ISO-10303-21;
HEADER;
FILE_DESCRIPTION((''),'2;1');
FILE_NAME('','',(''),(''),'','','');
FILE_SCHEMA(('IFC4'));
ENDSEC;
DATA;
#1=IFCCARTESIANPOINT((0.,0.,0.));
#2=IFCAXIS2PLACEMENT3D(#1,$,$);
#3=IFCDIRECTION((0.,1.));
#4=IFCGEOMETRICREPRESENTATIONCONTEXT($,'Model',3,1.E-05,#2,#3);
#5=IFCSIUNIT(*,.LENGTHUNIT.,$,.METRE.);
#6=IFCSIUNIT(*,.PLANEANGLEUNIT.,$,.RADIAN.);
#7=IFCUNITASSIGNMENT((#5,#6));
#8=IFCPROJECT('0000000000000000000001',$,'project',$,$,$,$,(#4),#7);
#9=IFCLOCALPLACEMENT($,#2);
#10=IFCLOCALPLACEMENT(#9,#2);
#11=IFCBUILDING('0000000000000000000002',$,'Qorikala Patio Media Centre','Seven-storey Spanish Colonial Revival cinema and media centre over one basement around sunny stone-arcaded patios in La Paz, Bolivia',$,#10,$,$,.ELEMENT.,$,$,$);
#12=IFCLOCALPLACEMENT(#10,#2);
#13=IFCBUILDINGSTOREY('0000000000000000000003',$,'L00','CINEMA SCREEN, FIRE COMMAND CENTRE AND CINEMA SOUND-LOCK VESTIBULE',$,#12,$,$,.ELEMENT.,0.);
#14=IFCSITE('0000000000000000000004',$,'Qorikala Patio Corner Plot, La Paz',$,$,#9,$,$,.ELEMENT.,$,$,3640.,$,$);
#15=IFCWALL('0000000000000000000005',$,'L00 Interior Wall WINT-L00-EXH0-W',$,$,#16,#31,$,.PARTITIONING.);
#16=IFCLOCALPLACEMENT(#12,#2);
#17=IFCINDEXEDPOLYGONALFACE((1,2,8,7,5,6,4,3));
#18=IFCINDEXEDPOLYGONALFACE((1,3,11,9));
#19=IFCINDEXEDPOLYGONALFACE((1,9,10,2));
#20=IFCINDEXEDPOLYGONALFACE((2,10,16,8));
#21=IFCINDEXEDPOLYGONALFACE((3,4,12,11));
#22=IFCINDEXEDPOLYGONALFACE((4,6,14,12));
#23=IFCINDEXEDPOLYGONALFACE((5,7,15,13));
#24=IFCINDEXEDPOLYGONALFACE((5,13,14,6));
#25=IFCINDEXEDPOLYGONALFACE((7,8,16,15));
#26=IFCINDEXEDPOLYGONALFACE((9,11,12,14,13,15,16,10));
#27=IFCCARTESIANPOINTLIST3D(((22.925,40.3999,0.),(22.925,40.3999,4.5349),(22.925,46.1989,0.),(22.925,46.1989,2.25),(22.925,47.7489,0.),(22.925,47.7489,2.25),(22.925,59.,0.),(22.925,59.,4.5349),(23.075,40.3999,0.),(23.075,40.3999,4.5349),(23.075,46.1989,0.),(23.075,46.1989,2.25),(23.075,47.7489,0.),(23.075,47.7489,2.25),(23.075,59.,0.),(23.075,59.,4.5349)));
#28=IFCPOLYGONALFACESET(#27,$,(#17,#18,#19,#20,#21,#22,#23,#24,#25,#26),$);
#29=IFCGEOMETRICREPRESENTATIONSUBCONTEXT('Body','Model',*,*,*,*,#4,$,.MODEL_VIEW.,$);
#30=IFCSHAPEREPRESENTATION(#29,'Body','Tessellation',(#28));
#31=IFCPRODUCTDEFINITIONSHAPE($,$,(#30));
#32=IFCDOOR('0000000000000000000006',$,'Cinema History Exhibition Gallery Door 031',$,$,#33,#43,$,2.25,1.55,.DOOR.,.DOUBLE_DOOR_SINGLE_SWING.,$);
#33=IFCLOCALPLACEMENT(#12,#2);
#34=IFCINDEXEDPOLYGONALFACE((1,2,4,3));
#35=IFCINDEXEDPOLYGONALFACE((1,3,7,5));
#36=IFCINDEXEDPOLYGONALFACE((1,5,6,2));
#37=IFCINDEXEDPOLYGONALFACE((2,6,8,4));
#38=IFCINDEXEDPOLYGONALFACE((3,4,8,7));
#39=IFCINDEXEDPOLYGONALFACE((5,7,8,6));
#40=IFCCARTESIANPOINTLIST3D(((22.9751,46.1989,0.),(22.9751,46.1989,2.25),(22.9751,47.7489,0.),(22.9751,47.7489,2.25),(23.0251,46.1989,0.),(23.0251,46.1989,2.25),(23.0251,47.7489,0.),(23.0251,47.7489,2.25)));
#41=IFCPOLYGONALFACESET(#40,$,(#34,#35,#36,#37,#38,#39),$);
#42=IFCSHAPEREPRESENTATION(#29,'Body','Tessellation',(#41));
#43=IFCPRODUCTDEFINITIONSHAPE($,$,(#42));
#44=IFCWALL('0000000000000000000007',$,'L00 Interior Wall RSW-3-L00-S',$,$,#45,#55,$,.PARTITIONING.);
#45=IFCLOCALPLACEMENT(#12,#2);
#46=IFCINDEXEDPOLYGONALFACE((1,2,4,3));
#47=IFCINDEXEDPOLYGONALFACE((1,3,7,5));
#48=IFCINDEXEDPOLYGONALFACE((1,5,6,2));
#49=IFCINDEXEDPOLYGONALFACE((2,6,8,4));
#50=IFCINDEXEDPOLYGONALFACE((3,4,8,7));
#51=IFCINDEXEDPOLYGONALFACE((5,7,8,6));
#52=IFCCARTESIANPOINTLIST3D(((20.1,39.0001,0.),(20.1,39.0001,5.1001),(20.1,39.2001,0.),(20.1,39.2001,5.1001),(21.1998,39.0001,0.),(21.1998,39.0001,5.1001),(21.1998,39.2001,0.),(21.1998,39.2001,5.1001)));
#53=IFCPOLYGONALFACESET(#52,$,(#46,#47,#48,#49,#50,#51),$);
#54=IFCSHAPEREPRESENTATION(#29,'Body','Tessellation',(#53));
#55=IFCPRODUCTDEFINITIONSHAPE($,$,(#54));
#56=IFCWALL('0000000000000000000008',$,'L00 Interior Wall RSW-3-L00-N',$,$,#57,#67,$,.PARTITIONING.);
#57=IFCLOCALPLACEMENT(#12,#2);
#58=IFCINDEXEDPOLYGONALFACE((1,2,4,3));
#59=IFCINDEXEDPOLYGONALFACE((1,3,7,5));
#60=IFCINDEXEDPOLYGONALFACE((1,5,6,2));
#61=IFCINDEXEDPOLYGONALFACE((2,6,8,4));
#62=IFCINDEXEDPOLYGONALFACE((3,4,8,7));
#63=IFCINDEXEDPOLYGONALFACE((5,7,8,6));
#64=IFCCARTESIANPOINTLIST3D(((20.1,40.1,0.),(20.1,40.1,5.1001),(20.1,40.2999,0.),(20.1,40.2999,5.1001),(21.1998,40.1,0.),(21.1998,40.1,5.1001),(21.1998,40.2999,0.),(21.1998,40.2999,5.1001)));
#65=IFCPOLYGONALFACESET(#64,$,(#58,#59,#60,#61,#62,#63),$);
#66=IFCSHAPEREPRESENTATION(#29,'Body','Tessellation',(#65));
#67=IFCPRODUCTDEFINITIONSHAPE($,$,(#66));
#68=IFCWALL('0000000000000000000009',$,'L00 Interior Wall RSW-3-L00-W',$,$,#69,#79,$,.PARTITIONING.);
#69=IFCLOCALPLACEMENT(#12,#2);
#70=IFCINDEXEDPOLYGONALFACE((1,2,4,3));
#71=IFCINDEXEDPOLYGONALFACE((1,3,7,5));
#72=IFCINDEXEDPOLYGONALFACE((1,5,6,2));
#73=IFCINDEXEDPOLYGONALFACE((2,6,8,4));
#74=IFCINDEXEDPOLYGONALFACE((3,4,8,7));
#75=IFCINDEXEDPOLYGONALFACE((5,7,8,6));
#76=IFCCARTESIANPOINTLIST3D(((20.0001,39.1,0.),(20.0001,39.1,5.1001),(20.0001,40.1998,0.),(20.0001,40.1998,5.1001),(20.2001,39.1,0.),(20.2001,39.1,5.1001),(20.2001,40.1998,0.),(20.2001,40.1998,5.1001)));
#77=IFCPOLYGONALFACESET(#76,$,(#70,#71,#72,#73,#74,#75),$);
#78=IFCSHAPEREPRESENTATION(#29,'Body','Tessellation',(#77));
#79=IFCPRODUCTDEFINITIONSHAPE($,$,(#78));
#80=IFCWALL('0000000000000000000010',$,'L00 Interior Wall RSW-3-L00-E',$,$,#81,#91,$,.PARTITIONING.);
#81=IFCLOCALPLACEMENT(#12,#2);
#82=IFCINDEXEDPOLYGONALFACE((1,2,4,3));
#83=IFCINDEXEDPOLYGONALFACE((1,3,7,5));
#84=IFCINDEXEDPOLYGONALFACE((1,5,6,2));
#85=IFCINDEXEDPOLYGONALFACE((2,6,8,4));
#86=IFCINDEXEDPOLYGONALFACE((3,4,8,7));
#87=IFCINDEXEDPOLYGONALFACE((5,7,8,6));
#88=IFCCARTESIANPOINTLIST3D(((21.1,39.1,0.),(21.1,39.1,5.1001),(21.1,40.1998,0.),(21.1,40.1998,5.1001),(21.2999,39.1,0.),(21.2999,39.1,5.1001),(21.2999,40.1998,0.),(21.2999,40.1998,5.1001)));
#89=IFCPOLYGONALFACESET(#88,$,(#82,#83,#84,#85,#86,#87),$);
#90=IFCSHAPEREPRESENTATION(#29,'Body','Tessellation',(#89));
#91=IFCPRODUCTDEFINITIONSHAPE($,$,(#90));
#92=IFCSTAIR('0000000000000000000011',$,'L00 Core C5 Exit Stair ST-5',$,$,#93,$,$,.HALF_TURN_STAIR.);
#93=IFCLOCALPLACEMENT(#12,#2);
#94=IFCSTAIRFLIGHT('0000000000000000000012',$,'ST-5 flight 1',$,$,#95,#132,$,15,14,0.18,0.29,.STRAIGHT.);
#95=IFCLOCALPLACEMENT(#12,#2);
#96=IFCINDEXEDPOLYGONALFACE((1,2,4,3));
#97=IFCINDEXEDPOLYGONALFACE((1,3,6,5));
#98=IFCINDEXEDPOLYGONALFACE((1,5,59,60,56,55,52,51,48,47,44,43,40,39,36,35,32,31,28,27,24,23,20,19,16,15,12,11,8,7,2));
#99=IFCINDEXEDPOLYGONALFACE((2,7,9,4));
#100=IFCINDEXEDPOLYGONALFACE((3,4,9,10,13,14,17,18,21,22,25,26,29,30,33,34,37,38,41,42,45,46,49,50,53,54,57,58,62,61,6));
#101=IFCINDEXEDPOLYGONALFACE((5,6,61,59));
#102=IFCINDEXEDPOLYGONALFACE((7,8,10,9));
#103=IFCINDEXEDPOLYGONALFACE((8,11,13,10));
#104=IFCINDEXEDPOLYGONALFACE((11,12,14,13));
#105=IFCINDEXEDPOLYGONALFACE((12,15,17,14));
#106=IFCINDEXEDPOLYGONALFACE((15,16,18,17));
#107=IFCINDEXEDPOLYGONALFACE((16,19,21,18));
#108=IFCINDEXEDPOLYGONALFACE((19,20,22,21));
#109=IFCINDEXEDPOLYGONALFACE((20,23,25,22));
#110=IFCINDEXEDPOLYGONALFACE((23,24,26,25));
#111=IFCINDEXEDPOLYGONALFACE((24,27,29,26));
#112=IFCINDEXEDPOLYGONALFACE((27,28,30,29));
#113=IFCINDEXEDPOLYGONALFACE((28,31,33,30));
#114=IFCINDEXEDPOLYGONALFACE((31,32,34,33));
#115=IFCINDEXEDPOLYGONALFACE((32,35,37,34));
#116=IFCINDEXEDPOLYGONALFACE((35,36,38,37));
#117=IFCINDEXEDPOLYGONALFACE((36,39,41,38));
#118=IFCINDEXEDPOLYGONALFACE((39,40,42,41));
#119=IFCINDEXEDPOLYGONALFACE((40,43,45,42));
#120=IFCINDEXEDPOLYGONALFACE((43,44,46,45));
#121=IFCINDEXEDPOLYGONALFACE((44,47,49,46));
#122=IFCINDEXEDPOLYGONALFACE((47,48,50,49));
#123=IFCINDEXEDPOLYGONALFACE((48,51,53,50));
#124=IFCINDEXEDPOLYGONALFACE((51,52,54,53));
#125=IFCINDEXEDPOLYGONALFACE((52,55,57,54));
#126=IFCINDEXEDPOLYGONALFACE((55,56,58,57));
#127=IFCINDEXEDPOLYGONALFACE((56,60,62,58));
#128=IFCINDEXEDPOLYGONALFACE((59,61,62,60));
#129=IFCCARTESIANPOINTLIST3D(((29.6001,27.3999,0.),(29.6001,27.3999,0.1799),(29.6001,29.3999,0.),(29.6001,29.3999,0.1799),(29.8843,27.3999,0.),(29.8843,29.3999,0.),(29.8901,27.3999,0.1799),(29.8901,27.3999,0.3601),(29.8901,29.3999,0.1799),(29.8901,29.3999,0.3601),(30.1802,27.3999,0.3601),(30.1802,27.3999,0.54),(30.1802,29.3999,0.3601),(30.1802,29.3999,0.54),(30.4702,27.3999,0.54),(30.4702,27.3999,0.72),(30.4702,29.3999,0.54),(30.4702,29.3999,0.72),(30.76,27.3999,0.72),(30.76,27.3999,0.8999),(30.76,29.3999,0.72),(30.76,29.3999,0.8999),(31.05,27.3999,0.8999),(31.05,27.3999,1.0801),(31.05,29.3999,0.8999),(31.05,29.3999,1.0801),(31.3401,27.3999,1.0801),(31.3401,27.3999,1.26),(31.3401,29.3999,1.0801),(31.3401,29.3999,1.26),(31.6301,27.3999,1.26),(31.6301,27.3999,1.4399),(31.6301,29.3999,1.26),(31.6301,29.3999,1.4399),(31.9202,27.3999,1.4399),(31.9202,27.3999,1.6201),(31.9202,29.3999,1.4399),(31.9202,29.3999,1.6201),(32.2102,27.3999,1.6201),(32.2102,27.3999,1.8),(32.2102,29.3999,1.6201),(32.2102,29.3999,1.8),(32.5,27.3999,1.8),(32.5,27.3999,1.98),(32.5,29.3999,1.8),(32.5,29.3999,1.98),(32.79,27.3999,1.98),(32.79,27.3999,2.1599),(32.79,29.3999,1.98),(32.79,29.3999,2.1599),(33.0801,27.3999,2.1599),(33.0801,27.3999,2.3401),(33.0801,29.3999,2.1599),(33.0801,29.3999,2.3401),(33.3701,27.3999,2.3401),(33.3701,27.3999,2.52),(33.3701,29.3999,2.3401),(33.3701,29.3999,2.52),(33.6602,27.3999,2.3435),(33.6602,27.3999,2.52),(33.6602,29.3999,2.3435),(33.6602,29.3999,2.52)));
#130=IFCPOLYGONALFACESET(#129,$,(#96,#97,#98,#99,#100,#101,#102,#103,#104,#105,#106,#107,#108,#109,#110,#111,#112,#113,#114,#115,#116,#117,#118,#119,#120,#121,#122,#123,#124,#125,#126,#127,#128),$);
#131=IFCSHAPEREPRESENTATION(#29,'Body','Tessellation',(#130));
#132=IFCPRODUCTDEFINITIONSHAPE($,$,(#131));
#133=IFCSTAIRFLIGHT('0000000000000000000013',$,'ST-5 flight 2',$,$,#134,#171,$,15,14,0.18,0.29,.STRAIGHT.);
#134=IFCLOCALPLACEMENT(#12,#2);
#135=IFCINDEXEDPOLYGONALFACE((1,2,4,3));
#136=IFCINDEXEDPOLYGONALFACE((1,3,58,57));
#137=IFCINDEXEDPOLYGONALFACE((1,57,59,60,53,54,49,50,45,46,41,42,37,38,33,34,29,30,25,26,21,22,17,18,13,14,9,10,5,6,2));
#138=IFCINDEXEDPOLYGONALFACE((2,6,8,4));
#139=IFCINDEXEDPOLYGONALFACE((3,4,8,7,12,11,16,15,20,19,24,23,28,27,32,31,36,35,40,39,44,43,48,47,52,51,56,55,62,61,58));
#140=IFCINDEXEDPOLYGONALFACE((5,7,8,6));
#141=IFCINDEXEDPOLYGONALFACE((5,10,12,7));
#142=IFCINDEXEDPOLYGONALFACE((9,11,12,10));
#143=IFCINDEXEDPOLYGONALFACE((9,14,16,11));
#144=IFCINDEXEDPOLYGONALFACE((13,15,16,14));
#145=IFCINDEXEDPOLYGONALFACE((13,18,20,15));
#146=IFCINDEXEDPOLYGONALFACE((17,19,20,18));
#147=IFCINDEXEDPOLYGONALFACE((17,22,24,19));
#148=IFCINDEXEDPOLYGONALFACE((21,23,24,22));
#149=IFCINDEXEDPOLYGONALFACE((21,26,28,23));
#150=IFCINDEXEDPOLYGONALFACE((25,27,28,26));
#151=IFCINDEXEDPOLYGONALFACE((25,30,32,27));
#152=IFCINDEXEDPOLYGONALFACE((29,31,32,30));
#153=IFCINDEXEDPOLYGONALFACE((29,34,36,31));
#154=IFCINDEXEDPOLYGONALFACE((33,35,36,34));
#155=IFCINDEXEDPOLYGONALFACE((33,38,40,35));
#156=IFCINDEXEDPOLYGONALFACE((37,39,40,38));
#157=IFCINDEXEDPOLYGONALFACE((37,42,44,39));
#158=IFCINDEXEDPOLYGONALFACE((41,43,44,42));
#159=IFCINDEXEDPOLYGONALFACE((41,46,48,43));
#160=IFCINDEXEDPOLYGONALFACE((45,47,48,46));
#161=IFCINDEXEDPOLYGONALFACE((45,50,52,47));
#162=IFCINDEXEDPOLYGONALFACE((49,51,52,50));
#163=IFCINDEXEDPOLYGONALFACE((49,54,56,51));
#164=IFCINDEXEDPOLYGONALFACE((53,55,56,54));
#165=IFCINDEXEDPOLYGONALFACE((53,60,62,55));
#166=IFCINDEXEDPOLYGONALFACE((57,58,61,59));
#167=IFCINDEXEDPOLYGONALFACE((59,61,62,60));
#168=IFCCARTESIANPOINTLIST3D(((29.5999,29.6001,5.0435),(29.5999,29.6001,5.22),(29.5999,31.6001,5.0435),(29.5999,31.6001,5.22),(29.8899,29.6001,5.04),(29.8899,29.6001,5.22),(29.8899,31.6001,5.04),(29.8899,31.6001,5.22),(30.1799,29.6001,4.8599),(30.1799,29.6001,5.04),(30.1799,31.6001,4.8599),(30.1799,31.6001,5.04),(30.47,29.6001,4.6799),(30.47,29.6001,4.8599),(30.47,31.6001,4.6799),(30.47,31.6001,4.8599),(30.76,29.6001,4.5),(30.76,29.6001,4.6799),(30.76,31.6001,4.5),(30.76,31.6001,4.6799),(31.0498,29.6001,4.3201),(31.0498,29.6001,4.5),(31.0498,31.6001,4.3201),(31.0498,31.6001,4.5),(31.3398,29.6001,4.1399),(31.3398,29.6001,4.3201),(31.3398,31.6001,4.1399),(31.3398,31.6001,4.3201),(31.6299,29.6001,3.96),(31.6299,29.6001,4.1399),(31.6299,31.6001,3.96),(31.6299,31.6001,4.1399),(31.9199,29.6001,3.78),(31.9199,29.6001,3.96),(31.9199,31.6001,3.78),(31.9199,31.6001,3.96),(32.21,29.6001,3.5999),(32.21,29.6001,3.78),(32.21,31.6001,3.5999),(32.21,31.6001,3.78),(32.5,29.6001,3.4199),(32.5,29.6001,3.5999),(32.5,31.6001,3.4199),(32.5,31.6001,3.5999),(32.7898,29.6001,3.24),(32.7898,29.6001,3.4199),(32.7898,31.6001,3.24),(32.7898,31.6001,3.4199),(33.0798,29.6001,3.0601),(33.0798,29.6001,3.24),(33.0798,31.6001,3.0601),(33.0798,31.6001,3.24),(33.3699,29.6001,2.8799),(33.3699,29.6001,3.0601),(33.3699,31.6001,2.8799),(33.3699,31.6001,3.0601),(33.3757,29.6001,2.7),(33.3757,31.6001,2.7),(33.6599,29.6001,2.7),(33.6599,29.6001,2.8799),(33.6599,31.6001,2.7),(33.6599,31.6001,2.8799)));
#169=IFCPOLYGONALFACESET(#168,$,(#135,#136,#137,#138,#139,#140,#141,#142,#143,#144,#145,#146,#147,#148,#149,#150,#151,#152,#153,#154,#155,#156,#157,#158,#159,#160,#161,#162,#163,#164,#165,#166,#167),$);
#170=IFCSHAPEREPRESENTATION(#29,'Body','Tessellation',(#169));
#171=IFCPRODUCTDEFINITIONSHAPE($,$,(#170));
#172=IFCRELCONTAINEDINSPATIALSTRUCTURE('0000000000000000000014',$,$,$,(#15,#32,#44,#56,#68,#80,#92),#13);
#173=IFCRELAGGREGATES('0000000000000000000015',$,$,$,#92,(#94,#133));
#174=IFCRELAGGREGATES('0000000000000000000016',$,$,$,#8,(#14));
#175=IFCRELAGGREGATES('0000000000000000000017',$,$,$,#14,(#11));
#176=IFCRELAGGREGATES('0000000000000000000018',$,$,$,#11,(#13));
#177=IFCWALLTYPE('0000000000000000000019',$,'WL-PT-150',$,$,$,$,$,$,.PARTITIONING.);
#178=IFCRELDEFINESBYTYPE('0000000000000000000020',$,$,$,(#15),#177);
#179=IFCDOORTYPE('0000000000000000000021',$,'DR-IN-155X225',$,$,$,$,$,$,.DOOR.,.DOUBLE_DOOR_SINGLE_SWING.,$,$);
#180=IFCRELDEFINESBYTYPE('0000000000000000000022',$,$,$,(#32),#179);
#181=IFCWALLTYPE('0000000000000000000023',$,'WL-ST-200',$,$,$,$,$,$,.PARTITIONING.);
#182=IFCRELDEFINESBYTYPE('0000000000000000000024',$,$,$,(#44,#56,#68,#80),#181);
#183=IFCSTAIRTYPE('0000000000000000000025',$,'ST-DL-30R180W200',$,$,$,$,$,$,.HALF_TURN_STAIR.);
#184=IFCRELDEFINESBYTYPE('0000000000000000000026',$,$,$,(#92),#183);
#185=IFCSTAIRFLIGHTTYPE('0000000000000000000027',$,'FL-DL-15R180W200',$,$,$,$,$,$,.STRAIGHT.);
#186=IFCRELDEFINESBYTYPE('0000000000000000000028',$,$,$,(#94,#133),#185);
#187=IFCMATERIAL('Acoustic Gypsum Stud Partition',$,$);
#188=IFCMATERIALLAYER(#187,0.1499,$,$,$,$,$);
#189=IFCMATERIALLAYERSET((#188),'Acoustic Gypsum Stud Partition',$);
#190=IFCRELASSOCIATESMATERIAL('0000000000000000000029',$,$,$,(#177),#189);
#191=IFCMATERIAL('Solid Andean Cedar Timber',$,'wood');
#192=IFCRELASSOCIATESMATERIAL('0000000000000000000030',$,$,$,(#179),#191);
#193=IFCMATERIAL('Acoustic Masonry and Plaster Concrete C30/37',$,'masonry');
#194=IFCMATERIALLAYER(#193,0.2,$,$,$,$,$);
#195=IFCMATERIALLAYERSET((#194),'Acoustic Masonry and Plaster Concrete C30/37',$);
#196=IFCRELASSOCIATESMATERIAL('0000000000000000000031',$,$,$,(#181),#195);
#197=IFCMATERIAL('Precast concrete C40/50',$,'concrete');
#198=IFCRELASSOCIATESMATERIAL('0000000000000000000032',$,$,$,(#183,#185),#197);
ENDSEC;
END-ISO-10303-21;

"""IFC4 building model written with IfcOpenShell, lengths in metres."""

from ifc_helpers import new_model, si_unit, direction, frame, frame_2d, origin, place, context, subcontext, project, spatial, polyline, rectangle, outline, extrude, material, layer, layer_set, type_object, element, fill, aggregate, save


model = new_model("IFC4")

# Units and contexts
model_context = context("Model", 3, precision=1e-05, world=origin(), true_north=direction((0.0, 1.0)))
body_context = subcontext(model_context, "Body", "Model", "MODEL_VIEW")
ifc_project = project(units=[si_unit("LENGTHUNIT", "METRE"), si_unit("PLANEANGLEUNIT", "RADIAN")], contexts=[model_context])

# Site, building, storey
site_placement = place(None, origin())
site = spatial("IfcSite", under=ifc_project, at=site_placement, Name="Qorikala Patio Corner Plot, La Paz", CompositionType="ELEMENT", RefElevation=3640.0)
building_placement = place(site_placement, origin())
building = spatial("IfcBuilding", under=site, at=building_placement, Name="Qorikala Patio Media Centre", Description="Seven-storey Spanish Colonial Revival cinema and media centre over one basement around sunny stone-arcaded patios in La Paz, Bolivia", CompositionType="ELEMENT")
storey_placement = place(building_placement, origin())
storey = spatial("IfcBuildingStorey", under=building, at=storey_placement, Name="L00", Description="CINEMA SCREEN, FIRE COMMAND CENTRE AND CINEMA SOUND-LOCK VESTIBULE", CompositionType="ELEMENT", Elevation=0.0)

# Shared definitions
ifc_material_1 = material(Name="Acoustic Gypsum Stud Partition")
ifc_layer_1 = layer(ifc_material_1, 0.1499)
ifc_layer_set_1 = layer_set([ifc_layer_1], Name="Acoustic Gypsum Stud Partition")
wall_type_1 = type_object("IfcWallType", Name="WL-PT-150", PredefinedType="PARTITIONING", material=ifc_layer_set_1)

# Wall, opening, door
wall_1_placement = place(storey_placement, frame((23.0, 40.3999, 0.0), z_axis=(0.0, 0.0, 1.0), x_axis=(0.0, 1.0, 0.0)))
wall_1 = element("IfcWall", 1, at=wall_1_placement, inside=storey, type_object=wall_type_1, Name="L00 Interior Wall WINT-L00-EXH0-W", PredefinedType="PARTITIONING", context=body_context, shape_type="SweptSolid", body=[
    extrude(rectangle(XDim=18.6001, YDim=0.1499, at=frame_2d((9.3, 0.0))), origin(), (0.0, 0.0, 1.0), 4.5349),
])
opening_1_placement = place(wall_1_placement, frame((5.7991, 0.0, 0.0)))
opening_1 = element("IfcOpeningElement", 2, at=opening_1_placement, cuts=wall_1, PredefinedType="OPENING", context=body_context, shape_type="SweptSolid", body=[
    extrude(rectangle(XDim=1.55, YDim=2.25, at=frame_2d((0.7749, 1.125))), frame((0.0, 0.085, 0.0), z_axis=(0.0, -1.0, 0.0), x_axis=(1.0, 0.0, 0.0)), (0.0, 0.0, 1.0), 0.1699),
])
ifc_material_2 = material(Name="Solid Andean Cedar Timber", Category="wood")
door_type_1 = type_object("IfcDoorType", Name="DR-IN-155X225", OperationType="DOUBLE_DOOR_SINGLE_SWING", PredefinedType="DOOR", material=ifc_material_2)
door_1_placement = place(opening_1_placement, origin())
door_1 = element("IfcDoor", 3, at=door_1_placement, inside=storey, type_object=door_type_1, Name="Cinema History Exhibition Gallery Door 031", OperationType="DOUBLE_DOOR_SINGLE_SWING", OverallHeight=2.25, OverallWidth=1.55, PredefinedType="DOOR", context=body_context, shape_type="SweptSolid", body=[
    extrude(rectangle(XDim=1.55, YDim=2.25, at=frame_2d((0.7749, 1.125))), frame((0.0, 0.0249, 0.0), z_axis=(0.0, -1.0, 0.0), x_axis=(1.0, 0.0, 0.0)), (0.0, 0.0, 1.0), 0.05),
])
fill(opening_1, door_1)

# Walls
ifc_material_3 = material(Name="Acoustic Masonry and Plaster Concrete C30/37", Category="masonry")
ifc_layer_2 = layer(ifc_material_3, 0.2)
ifc_layer_set_2 = layer_set([ifc_layer_2], Name="Acoustic Masonry and Plaster Concrete C30/37")
wall_type_2 = type_object("IfcWallType", Name="WL-ST-200", PredefinedType="PARTITIONING", material=ifc_layer_set_2)
for number, where, z_axis, x_axis, name in (
    (4, (20.1001, 39.1001, 0.0), (0.0, 0.0, 1.0), (1.0, 0.0, 0.0), "L00 Interior Wall RSW-3-L00-S"),
    (5, (20.1001, 40.2, 0.0), (0.0, 0.0, 1.0), (1.0, 0.0, 0.0), "L00 Interior Wall RSW-3-L00-N"),
    (6, (20.1001, 39.1001, 0.0), (0.0, 0.0, 1.0), (0.0, 1.0, 0.0), "L00 Interior Wall RSW-3-L00-W"),
    (7, (21.2, 39.1001, 0.0), (0.0, 0.0, 1.0), (0.0, 1.0, 0.0), "L00 Interior Wall RSW-3-L00-E"),
):
    element("IfcWall", number, at=place(storey_placement, frame(where, z_axis=z_axis, x_axis=x_axis)), inside=storey, type_object=wall_type_2, Name=name, PredefinedType="PARTITIONING", context=body_context, shape_type="SweptSolid", body=[
        extrude(rectangle(XDim=1.0999, YDim=0.2, at=frame_2d((0.5498, 0.0))), origin(), (0.0, 0.0, 1.0), 5.1001),
    ])

# Stair, stair flights
ifc_material_4 = material(Name="Precast concrete C40/50", Category="concrete")
stair_type = type_object("IfcStairType", Name="ST-DL-30R180W200", PredefinedType="HALF_TURN_STAIR", material=ifc_material_4)
stair_placement = place(storey_placement, origin())
stair = element("IfcStair", 8, at=stair_placement, inside=storey, type_object=stair_type, Name="L00 Core C5 Exit Stair ST-5", PredefinedType="HALF_TURN_STAIR")
stair_flight_type = type_object("IfcStairFlightType", Name="FL-DL-15R180W200", PredefinedType="STRAIGHT", material=ifc_material_4)
stair_flight_1_placement = place(storey_placement, frame((29.6001, 28.3999, 0.0), z_axis=(0.0, 0.0, 1.0), x_axis=(1.0, 0.0, 0.0)))
stair_flight_1 = element("IfcStairFlight", 9, at=stair_flight_1_placement, type_object=stair_flight_type, Name="ST-5 flight 1", NumberOfRisers=15, NumberOfTreads=14, PredefinedType="STRAIGHT", RiserHeight=0.18, TreadLength=0.29, context=body_context, shape_type="SweptSolid", body=[
    extrude(outline(polyline([(0.0, 0.0), (0.0, 0.1799), (0.29, 0.1799), (0.29, 0.3601), (0.5801, 0.3601), (0.5801, 0.54), (0.8701, 0.54), (0.8701, 0.72), (1.1599, 0.72), (1.1599, 0.8999), (1.45, 0.8999), (1.45, 1.0801), (1.74, 1.0801), (1.74, 1.26), (2.03, 1.26), (2.03, 1.4399), (2.3201, 1.4399), (2.3201, 1.6201), (2.6101, 1.6201), (2.6101, 1.8), (2.8999, 1.8), (2.8999, 1.98), (3.1899, 1.98), (3.1899, 2.1599), (3.48, 2.1599), (3.48, 2.3401), (3.77, 2.3401), (3.77, 2.52), (4.0601, 2.52), (4.0601, 2.7), (4.0601, 2.3435), (0.2842, 0.0), (0.0, 0.0)])), frame((0.0, 1.0, 0.0), z_axis=(0.0, -1.0, 0.0), x_axis=(1.0, 0.0, 0.0)), (0.0, 0.0, 1.0), 2.0),
])
stair_flight_2_placement = place(storey_placement, frame((33.6599, 30.6001, 2.7), z_axis=(0.0, 0.0, 1.0), x_axis=(-1.0, 0.0, 0.0)))
stair_flight_2 = element("IfcStairFlight", 10, at=stair_flight_2_placement, type_object=stair_flight_type, Name="ST-5 flight 2", NumberOfRisers=15, NumberOfTreads=14, PredefinedType="STRAIGHT", RiserHeight=0.18, TreadLength=0.29, context=body_context, shape_type="SweptSolid", body=[
    extrude(outline(polyline([(0.0, 0.0), (0.0, 0.1799), (0.29, 0.1799), (0.29, 0.3601), (0.5801, 0.3601), (0.5801, 0.54), (0.8701, 0.54), (0.8701, 0.72), (1.1599, 0.72), (1.1599, 0.8999), (1.45, 0.8999), (1.45, 1.0801), (1.74, 1.0801), (1.74, 1.26), (2.03, 1.26), (2.03, 1.4399), (2.3201, 1.4399), (2.3201, 1.6201), (2.6101, 1.6201), (2.6101, 1.8), (2.8999, 1.8), (2.8999, 1.98), (3.1899, 1.98), (3.1899, 2.1599), (3.48, 2.1599), (3.48, 2.3401), (3.77, 2.3401), (3.77, 2.52), (4.0601, 2.52), (4.0601, 2.7), (4.0601, 2.3435), (0.2842, 0.0), (0.0, 0.0)])), frame((0.0, 1.0, 0.0), z_axis=(0.0, -1.0, 0.0), x_axis=(1.0, 0.0, 0.0)), (0.0, 0.0, 1.0), 2.0),
])
aggregate(stair, [stair_flight_1, stair_flight_2])

save(model, "model.ifc")
